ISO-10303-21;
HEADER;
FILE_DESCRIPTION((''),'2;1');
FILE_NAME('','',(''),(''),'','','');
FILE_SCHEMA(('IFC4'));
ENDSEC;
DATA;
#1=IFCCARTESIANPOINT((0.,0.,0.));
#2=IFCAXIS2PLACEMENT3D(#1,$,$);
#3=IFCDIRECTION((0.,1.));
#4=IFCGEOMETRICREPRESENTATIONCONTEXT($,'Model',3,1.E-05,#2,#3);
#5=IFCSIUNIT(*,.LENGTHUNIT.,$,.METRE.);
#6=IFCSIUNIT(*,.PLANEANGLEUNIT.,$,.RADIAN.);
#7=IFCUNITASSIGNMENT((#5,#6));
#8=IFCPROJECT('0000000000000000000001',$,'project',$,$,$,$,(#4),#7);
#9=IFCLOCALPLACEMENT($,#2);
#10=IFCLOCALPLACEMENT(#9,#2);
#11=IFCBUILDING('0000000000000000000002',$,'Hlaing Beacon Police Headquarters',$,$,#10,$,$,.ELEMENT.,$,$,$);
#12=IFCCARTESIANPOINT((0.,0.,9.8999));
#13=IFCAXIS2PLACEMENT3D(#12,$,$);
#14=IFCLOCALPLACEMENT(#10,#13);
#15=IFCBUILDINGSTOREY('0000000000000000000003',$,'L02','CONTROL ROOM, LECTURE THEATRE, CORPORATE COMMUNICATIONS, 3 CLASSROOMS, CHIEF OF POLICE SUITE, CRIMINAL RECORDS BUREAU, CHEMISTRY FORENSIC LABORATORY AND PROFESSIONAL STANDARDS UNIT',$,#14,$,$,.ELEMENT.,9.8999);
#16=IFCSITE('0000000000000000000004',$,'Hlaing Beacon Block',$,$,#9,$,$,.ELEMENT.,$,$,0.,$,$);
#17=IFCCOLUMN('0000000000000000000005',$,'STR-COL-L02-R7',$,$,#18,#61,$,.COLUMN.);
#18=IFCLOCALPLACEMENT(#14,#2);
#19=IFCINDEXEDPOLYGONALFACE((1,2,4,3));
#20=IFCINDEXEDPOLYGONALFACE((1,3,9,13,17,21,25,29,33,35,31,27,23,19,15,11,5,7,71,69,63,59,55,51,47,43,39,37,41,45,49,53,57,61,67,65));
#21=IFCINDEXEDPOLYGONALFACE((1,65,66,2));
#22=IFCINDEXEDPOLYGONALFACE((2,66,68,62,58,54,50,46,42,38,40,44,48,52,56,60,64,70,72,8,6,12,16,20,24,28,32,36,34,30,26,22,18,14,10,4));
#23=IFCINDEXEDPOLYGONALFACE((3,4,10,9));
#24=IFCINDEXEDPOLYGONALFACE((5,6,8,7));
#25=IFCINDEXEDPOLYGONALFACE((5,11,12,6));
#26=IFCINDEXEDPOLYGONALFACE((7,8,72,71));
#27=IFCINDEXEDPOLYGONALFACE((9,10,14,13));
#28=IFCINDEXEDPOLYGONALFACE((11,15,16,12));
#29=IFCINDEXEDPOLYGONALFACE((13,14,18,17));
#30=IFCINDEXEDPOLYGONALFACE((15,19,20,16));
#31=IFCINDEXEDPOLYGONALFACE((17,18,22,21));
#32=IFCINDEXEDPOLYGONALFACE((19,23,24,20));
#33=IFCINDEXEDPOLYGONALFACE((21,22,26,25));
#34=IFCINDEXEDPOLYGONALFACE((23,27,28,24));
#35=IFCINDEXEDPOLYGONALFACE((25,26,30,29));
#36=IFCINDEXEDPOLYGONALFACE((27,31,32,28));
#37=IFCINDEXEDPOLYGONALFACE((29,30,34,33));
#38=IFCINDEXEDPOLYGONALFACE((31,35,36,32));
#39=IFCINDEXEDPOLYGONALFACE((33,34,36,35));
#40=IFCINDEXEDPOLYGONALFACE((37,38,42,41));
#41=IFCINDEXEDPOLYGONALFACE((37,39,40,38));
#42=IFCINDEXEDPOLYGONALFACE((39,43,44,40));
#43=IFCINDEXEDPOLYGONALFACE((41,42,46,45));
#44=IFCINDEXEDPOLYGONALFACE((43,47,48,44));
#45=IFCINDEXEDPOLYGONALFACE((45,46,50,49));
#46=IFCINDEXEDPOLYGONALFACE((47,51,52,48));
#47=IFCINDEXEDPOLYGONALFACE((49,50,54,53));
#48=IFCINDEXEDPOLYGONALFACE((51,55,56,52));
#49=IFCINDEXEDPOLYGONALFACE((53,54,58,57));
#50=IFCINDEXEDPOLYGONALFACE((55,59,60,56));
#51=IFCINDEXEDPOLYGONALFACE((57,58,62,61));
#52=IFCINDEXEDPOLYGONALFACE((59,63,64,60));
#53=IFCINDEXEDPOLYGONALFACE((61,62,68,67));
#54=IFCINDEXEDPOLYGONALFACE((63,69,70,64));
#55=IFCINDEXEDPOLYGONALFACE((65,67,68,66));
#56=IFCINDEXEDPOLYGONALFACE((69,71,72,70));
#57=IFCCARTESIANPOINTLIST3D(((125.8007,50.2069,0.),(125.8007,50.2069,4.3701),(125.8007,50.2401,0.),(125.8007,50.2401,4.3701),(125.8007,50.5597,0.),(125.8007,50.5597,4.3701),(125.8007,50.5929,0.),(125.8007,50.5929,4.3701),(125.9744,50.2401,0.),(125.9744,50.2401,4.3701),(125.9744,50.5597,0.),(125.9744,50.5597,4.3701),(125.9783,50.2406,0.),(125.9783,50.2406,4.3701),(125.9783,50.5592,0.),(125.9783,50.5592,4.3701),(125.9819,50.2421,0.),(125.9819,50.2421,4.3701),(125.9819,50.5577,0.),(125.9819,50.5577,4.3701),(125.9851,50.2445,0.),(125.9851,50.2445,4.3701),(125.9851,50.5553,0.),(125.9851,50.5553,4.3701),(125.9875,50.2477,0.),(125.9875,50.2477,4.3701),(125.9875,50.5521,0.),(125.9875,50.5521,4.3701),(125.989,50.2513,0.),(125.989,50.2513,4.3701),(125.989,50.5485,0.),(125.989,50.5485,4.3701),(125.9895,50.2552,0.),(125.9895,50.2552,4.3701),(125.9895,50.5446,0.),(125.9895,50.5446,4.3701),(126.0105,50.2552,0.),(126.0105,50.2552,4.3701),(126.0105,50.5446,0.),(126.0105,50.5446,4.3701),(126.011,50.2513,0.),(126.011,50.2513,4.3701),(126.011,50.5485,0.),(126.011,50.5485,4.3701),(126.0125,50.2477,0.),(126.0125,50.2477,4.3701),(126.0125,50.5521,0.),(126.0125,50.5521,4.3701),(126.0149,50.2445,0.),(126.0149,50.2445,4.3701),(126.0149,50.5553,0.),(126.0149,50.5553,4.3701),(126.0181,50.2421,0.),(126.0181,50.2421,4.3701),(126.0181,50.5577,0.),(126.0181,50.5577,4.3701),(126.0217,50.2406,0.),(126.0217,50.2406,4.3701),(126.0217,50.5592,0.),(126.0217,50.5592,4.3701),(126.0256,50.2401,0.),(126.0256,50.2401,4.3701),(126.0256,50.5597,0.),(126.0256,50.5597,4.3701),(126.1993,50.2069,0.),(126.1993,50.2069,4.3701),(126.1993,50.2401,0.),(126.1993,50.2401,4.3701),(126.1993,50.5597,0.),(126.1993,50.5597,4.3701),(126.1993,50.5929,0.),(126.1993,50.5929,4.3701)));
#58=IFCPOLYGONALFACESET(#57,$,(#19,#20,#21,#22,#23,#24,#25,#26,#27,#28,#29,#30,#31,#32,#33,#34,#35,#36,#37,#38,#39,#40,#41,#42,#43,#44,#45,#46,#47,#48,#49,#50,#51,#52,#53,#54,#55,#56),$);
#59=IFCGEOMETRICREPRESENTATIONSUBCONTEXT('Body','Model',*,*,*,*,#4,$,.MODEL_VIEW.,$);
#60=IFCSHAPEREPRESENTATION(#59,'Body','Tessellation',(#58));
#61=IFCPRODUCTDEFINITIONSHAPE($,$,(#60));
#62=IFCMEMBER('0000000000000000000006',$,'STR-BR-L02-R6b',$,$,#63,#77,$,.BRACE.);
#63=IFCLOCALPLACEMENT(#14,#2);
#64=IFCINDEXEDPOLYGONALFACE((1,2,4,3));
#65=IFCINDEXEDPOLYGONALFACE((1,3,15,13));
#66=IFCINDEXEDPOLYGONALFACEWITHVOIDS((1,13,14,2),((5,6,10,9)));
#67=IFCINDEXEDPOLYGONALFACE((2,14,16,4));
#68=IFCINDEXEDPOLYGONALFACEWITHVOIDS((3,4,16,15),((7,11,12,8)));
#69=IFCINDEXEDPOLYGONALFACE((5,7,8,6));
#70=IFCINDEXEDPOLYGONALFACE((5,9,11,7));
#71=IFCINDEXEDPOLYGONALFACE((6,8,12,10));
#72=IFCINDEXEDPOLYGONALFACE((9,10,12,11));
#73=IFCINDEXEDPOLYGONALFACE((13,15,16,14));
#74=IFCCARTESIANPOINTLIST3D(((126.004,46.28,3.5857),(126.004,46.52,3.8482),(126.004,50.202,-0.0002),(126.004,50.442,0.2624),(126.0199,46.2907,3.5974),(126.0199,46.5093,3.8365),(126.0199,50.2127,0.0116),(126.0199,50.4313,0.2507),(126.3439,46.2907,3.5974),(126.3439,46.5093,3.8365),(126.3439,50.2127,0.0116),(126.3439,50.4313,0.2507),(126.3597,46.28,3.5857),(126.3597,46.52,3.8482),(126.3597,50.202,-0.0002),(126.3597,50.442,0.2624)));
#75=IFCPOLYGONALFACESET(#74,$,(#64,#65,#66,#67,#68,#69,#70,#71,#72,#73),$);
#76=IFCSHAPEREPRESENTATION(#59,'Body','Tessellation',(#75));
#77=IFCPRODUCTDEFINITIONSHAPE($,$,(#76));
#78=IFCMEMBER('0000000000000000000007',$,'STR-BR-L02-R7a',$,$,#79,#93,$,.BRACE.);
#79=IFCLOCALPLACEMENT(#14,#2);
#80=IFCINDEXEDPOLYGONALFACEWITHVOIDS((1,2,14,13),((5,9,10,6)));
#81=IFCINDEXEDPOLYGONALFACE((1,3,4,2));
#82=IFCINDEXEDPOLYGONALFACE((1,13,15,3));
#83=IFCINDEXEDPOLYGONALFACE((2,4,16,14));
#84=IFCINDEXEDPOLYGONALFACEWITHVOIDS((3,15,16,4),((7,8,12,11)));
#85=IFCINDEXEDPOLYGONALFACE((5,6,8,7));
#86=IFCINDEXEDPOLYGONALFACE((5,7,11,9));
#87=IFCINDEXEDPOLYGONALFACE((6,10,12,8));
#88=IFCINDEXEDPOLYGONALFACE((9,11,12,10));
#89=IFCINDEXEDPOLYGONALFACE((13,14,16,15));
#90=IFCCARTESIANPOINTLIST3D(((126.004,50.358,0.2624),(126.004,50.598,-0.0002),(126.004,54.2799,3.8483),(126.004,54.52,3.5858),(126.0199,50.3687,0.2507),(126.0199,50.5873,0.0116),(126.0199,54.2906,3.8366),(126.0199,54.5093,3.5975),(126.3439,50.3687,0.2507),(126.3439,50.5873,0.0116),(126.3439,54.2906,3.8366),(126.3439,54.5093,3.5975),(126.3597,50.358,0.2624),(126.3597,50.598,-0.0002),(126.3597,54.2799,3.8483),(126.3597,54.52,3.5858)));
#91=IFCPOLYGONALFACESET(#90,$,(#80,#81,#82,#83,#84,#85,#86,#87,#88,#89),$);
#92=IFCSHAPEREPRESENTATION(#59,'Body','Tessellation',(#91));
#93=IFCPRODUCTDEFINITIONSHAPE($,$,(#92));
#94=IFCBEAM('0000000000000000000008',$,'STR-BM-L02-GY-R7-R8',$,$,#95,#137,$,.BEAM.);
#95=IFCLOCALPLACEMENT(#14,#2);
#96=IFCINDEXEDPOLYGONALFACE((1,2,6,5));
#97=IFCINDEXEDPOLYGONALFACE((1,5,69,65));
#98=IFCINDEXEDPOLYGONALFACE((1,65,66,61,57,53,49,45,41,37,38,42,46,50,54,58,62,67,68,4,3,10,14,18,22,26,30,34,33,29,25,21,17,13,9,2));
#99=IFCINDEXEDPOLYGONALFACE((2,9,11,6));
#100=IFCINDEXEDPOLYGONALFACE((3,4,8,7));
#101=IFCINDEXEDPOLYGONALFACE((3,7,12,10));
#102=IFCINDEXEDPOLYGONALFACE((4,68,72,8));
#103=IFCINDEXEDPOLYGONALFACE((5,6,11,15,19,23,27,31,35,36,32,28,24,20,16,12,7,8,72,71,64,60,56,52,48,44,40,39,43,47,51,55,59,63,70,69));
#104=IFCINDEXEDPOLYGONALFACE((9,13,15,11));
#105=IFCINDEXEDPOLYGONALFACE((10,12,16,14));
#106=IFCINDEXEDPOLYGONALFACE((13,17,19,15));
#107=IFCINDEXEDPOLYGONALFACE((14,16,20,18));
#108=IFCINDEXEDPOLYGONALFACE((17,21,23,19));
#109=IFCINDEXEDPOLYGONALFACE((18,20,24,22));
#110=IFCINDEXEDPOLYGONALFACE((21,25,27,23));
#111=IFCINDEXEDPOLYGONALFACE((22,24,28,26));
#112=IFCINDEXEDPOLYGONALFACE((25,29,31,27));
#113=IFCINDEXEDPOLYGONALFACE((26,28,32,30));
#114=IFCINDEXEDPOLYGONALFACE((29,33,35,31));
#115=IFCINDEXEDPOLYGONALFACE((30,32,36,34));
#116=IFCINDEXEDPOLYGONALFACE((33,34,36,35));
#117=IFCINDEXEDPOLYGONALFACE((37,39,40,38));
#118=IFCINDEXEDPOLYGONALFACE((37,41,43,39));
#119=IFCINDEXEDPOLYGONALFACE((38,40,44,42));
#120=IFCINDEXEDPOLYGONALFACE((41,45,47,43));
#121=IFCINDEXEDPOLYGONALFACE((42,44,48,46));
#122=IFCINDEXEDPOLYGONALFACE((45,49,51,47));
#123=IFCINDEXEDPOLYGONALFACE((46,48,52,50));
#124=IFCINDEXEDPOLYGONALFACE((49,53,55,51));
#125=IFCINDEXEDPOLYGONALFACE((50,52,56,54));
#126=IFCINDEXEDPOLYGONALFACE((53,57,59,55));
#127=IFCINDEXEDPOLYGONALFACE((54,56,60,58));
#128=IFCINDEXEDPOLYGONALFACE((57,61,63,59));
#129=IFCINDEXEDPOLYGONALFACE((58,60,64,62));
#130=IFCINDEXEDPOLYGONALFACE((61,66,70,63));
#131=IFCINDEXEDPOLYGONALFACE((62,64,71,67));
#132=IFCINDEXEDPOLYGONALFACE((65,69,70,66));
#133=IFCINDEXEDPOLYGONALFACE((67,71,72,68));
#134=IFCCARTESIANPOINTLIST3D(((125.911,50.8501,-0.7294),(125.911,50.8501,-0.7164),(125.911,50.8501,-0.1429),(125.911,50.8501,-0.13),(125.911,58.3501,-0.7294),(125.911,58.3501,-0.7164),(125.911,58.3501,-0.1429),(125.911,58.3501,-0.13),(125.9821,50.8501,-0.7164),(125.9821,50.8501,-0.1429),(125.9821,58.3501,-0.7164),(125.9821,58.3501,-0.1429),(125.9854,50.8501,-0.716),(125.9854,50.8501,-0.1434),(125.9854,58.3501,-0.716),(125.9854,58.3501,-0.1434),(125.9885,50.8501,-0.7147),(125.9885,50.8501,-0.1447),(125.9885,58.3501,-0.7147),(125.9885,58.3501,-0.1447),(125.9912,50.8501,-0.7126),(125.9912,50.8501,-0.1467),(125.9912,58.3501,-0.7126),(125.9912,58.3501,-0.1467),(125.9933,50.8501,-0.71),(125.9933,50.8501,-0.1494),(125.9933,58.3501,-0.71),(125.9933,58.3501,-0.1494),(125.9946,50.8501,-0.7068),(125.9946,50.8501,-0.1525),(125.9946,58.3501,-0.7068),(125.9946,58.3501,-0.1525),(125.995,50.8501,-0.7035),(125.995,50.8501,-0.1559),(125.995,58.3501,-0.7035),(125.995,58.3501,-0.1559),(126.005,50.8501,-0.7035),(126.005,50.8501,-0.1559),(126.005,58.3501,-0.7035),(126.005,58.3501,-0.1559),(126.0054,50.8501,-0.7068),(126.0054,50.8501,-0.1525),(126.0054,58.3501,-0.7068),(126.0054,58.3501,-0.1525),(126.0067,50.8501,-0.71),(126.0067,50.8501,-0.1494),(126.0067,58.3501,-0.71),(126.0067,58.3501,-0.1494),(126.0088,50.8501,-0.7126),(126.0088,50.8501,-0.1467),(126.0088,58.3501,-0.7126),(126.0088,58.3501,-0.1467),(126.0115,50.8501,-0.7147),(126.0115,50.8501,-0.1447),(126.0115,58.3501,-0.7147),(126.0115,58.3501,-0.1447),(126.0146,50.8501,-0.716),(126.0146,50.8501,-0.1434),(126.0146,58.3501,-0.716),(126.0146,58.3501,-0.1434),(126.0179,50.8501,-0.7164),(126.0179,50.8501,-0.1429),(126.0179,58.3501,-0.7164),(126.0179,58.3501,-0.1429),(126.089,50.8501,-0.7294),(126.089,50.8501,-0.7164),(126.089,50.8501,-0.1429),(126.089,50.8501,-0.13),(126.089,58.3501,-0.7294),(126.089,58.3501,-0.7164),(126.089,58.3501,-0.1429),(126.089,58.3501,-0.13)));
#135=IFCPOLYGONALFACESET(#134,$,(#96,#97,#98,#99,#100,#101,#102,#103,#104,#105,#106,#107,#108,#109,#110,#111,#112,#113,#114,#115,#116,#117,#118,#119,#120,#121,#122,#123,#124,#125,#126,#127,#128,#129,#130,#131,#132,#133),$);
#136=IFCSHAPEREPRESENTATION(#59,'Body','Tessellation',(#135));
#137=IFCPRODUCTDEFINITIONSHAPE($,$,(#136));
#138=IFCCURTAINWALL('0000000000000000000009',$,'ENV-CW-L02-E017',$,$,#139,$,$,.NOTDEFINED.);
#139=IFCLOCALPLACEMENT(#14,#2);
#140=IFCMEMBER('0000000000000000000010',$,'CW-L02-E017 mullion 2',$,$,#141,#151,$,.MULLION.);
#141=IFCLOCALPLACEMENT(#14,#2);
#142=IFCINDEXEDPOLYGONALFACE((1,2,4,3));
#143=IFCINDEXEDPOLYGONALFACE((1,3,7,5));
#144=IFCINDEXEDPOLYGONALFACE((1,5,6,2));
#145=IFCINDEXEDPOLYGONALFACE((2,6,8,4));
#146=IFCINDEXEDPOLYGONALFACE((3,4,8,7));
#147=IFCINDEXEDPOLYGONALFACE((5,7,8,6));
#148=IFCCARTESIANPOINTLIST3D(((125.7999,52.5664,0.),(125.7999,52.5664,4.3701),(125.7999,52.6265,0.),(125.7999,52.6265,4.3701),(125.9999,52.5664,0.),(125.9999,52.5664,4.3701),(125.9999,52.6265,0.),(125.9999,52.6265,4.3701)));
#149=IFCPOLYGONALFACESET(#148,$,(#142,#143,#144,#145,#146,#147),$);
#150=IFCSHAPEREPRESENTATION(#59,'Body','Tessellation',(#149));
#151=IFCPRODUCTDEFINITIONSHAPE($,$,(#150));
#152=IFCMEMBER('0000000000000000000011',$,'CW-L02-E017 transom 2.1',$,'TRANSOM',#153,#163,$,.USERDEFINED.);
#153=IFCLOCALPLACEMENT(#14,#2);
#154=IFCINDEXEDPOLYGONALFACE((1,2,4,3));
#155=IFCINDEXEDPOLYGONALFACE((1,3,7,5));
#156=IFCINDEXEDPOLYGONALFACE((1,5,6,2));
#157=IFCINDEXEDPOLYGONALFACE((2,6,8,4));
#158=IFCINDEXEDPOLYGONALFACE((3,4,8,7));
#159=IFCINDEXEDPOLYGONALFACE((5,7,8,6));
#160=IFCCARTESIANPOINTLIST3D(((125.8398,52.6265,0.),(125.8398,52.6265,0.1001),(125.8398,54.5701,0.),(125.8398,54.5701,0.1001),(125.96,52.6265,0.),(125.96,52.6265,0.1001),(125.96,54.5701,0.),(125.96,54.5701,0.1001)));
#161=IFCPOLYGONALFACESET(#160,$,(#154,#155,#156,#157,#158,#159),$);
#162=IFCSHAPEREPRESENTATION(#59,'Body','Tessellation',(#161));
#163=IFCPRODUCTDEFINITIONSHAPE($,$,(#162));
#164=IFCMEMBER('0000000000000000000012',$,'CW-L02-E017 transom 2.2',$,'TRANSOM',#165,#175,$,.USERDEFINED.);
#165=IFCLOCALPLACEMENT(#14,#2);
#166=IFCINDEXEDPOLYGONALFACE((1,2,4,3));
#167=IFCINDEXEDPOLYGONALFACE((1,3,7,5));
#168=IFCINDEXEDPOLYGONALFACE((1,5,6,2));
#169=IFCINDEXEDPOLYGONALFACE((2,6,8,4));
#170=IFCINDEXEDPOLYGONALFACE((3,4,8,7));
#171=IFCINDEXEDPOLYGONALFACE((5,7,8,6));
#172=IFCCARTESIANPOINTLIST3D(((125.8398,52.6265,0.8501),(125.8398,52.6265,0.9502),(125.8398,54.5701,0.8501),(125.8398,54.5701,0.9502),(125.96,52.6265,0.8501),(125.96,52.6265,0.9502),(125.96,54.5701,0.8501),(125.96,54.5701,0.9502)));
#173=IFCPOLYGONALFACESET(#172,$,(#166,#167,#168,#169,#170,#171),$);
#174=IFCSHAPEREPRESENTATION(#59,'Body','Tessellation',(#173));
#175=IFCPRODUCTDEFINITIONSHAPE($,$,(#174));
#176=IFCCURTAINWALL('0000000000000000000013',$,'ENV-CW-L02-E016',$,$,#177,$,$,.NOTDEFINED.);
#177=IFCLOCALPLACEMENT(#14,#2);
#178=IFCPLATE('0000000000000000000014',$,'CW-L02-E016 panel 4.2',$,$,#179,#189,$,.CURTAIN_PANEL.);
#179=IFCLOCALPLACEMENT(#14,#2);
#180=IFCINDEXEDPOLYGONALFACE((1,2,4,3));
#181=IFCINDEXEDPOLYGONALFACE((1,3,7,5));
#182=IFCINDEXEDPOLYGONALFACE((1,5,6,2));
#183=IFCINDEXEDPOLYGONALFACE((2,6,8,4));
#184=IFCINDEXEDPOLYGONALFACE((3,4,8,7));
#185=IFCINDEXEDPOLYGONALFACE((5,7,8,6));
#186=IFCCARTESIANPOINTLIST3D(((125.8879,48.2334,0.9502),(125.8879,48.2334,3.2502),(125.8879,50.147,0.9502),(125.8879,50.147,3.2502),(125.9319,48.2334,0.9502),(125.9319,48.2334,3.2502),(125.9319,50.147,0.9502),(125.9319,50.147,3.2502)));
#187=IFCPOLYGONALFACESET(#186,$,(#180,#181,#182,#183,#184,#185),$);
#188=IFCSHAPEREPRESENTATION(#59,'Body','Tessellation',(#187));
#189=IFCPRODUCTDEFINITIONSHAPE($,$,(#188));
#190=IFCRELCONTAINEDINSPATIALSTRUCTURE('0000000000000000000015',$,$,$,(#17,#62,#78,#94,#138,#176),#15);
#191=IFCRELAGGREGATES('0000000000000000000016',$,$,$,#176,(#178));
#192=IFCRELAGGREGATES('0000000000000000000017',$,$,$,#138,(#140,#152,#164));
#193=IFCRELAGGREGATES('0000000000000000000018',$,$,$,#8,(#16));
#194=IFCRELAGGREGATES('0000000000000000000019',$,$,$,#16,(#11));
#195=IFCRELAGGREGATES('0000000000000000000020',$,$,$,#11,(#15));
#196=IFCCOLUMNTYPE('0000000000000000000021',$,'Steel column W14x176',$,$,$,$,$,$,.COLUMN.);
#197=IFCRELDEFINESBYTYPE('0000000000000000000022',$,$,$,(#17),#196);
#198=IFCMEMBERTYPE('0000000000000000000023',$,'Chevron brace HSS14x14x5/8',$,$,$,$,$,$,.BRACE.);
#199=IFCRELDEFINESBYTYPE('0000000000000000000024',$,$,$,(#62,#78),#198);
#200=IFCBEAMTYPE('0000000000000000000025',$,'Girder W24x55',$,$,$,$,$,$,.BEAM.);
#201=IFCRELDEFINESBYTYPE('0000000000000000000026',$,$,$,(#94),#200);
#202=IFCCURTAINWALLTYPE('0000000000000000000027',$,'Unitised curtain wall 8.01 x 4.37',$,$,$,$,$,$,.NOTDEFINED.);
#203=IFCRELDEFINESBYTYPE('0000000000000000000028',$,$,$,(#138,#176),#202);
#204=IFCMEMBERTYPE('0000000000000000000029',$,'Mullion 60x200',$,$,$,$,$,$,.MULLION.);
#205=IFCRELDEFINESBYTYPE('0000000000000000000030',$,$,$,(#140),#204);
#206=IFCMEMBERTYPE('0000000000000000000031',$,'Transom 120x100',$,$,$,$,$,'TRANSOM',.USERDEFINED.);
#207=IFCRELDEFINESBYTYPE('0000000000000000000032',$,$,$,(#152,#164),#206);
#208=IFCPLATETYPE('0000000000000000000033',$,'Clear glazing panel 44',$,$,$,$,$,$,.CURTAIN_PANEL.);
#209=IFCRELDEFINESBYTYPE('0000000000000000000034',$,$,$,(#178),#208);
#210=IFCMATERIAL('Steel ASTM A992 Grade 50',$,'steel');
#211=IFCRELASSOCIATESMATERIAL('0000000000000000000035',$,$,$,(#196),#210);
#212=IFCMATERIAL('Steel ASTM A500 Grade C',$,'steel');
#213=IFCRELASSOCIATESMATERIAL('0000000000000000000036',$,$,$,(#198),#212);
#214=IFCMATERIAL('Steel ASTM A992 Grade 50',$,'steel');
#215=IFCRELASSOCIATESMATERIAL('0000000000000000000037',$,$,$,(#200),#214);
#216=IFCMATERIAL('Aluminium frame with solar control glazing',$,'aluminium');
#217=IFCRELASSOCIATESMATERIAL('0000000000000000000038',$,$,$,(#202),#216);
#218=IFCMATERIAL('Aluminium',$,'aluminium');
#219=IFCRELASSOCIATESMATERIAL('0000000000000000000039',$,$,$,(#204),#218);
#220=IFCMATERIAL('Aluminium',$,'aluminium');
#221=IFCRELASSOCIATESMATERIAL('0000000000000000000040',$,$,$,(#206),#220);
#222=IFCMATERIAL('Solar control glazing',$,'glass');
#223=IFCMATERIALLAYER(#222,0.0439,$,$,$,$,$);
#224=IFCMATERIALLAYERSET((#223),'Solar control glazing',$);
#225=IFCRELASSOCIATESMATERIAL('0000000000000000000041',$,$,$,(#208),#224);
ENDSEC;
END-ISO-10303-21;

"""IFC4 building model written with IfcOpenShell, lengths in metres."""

from ifc_helpers import new_model, si_unit, direction, frame, origin, origin_2d, place, context, subcontext, project, spatial, rectangle, hollow_rectangle, i_section, extrude, material, layer, layer_set, material_profile, profile_set, type_object, element, aggregate, save


model = new_model("IFC4")

# Units and contexts
model_context = context("Model", 3, precision=1e-05, world=origin(), true_north=direction((0.0, 1.0)))
body_context = subcontext(model_context, "Body", "Model", "MODEL_VIEW")
ifc_project = project(units=[si_unit("LENGTHUNIT", "METRE"), si_unit("PLANEANGLEUNIT", "RADIAN")], contexts=[model_context])

# Site, building, storey
site_placement = place(None, origin())
site = spatial("IfcSite", under=ifc_project, at=site_placement, Name="Hlaing Beacon Block", CompositionType="ELEMENT", RefElevation=0.0)
building_placement = place(site_placement, origin())
building = spatial("IfcBuilding", under=site, at=building_placement, Name="Hlaing Beacon Police Headquarters", CompositionType="ELEMENT")
storey_placement = place(building_placement, frame((0.0, 0.0, 9.8999)))
storey = spatial("IfcBuildingStorey", under=building, at=storey_placement, Name="L02", Description="CONTROL ROOM, LECTURE THEATRE, CORPORATE COMMUNICATIONS, 3 CLASSROOMS, CHIEF OF POLICE SUITE, CRIMINAL RECORDS BUREAU, CHEMISTRY FORENSIC LABORATORY AND PROFESSIONAL STANDARDS UNIT", CompositionType="ELEMENT", Elevation=9.8999)

# Column
ifc_material_1 = material(Name="Steel ASTM A992 Grade 50", Category="steel")
ifc_material_profile_1 = material_profile(ifc_material_1, i_section(OverallWidth=0.3987, OverallDepth=0.386, WebThickness=0.021, FlangeThickness=0.0332, FilletRadius=0.0151, at=origin_2d()), Name="W14x176")
ifc_profile_set_1 = profile_set([ifc_material_profile_1], Name="Steel ASTM A992 Grade 50")
column_type = type_object("IfcColumnType", Name="Steel column W14x176", PredefinedType="COLUMN", material=ifc_profile_set_1)
column_placement = place(storey_placement, frame((126.0, 50.3999, 0.0), z_axis=(0.0, 0.0, 1.0), x_axis=(1.0, 0.0, 0.0)))
element("IfcColumn", 1, at=column_placement, inside=storey, type_object=column_type, Name="STR-COL-L02-R7", PredefinedType="COLUMN", context=body_context, shape_type="SweptSolid", body=[
    extrude(i_section(OverallWidth=0.3987, OverallDepth=0.386, WebThickness=0.021, FlangeThickness=0.0332, FilletRadius=0.0151, at=origin_2d()), origin(), (0.0, 0.0, 1.0), 4.3701),
])

# Members
ifc_material_2 = material(Name="Steel ASTM A500 Grade C", Category="steel")
ifc_material_profile_2 = material_profile(ifc_material_2, hollow_rectangle(XDim=0.3557, YDim=0.3557, WallThickness=0.0159, at=origin_2d()), Name="HSS14x14x5/8")
ifc_profile_set_2 = profile_set([ifc_material_profile_2], Name="Steel ASTM A500 Grade C")
member_type_1 = type_object("IfcMemberType", Name="Chevron brace HSS14x14x5/8", PredefinedType="BRACE", material=ifc_profile_set_2)
for number, where, z_axis, x_axis, name in (
    (2, (126.1819, 50.322, 0.1311), (0.0, -0.738029, 0.674769), (1.0, 0.0, 0.0), "STR-BR-L02-R6b"),
    (3, (126.1819, 50.478, 0.1311), (0.0, 0.738008, 0.674792), (-1.0, 0.0, 0.0), "STR-BR-L02-R7a"),
):
    element("IfcMember", number, at=place(storey_placement, frame(where, z_axis=z_axis, x_axis=x_axis)), inside=storey, type_object=member_type_1, Name=name, PredefinedType="BRACE", context=body_context, shape_type="SweptSolid", body=[
        extrude(hollow_rectangle(XDim=0.3557, YDim=0.3557, WallThickness=0.0159, at=origin_2d()), origin(), (0.0, 0.0, 1.0), 5.3142),
    ])

# Beam
ifc_material_3 = material(Name="Steel ASTM A992 Grade 50", Category="steel")
ifc_material_profile_3 = material_profile(ifc_material_3, i_section(OverallWidth=0.178, OverallDepth=0.5994, WebThickness=0.01, FlangeThickness=0.0129, FilletRadius=0.0129, at=origin_2d()), Name="W24x55")
ifc_profile_set_3 = profile_set([ifc_material_profile_3], Name="Steel ASTM A992 Grade 50")
beam_type = type_object("IfcBeamType", Name="Girder W24x55", PredefinedType="BEAM", material=ifc_profile_set_3)
beam_placement = place(storey_placement, frame((126.0, 50.8501, -0.4297), z_axis=(0.0, 1.0, 0.0), x_axis=(-1.0, 0.0, 0.0)))
element("IfcBeam", 4, at=beam_placement, inside=storey, type_object=beam_type, Name="STR-BM-L02-GY-R7-R8", PredefinedType="BEAM", context=body_context, shape_type="SweptSolid", body=[
    extrude(i_section(OverallWidth=0.178, OverallDepth=0.5994, WebThickness=0.01, FlangeThickness=0.0129, FilletRadius=0.0129, at=origin_2d()), origin(), (0.0, 0.0, 1.0), 7.5),
])

# Curtain wall, members
ifc_material_4 = material(Name="Aluminium frame with solar control glazing", Category="aluminium")
curtain_wall_type = type_object("IfcCurtainWallType", Name="Unitised curtain wall 8.01 x 4.37", PredefinedType="NOTDEFINED", material=ifc_material_4)
curtain_wall_1_placement = place(storey_placement, origin())
curtain_wall_1 = element("IfcCurtainWall", 5, at=curtain_wall_1_placement, inside=storey, type_object=curtain_wall_type, Name="ENV-CW-L02-E017", PredefinedType="NOTDEFINED")
ifc_material_5 = material(Name="Aluminium", Category="aluminium")
ifc_material_profile_4 = material_profile(ifc_material_5, rectangle(XDim=0.2, YDim=0.0601, at=origin_2d()), Name="Mullion 60x200")
ifc_profile_set_4 = profile_set([ifc_material_profile_4], Name="Aluminium")
member_type_2 = type_object("IfcMemberType", Name="Mullion 60x200", PredefinedType="MULLION", material=ifc_profile_set_4)
member_1_placement = place(storey_placement, frame((125.8999, 52.5964, 0.0), z_axis=(0.0, 0.0, 1.0), x_axis=(-1.0, 0.0, 0.0)))
member_1 = element("IfcMember", 6, at=member_1_placement, type_object=member_type_2, Name="CW-L02-E017 mullion 2", PredefinedType="MULLION", context=body_context, shape_type="SweptSolid", body=[
    extrude(rectangle(XDim=0.2, YDim=0.0601, at=origin_2d()), origin(), (0.0, 0.0, 1.0), 4.3701),
])
ifc_material_6 = material(Name="Aluminium", Category="aluminium")
ifc_material_profile_5 = material_profile(ifc_material_6, rectangle(XDim=0.1201, YDim=0.1001, at=origin_2d()), Name="Transom 120x100")
ifc_profile_set_5 = profile_set([ifc_material_profile_5], Name="Aluminium")
member_type_3 = type_object("IfcMemberType", Name="Transom 120x100", ElementType="TRANSOM", PredefinedType="USERDEFINED", material=ifc_profile_set_5)
member_2_placement = place(storey_placement, frame((125.8999, 52.6265, 0.05), z_axis=(0.0, 1.0, 0.0), x_axis=(-1.0, 0.0, 0.0)))
member_2 = element("IfcMember", 7, at=member_2_placement, type_object=member_type_3, Name="CW-L02-E017 transom 2.1", ObjectType="TRANSOM", PredefinedType="USERDEFINED", context=body_context, shape_type="SweptSolid", body=[
    extrude(rectangle(XDim=0.1201, YDim=0.1001, at=origin_2d()), origin(), (0.0, 0.0, 1.0), 1.9436),
])
member_3_placement = place(storey_placement, frame((125.8999, 52.6265, 0.9001), z_axis=(0.0, 1.0, 0.0), x_axis=(-1.0, 0.0, 0.0)))
member_3 = element("IfcMember", 8, at=member_3_placement, type_object=member_type_3, Name="CW-L02-E017 transom 2.2", ObjectType="TRANSOM", PredefinedType="USERDEFINED", context=body_context, shape_type="SweptSolid", body=[
    extrude(rectangle(XDim=0.1201, YDim=0.1001, at=origin_2d()), origin(), (0.0, 0.0, 1.0), 1.9436),
])

# Curtain wall, plate
curtain_wall_2_placement = place(storey_placement, origin())
curtain_wall_2 = element("IfcCurtainWall", 9, at=curtain_wall_2_placement, inside=storey, type_object=curtain_wall_type, Name="ENV-CW-L02-E016", PredefinedType="NOTDEFINED")
ifc_material_7 = material(Name="Solar control glazing", Category="glass")
ifc_layer_1 = layer(ifc_material_7, 0.0439)
ifc_layer_set_1 = layer_set([ifc_layer_1], Name="Solar control glazing")
plate_type_1 = type_object("IfcPlateType", Name="Clear glazing panel 44", PredefinedType="CURTAIN_PANEL", material=ifc_layer_set_1)
plate_1_placement = place(storey_placement, frame((125.9099, 49.1902, 0.9502), z_axis=(0.0, 0.0, 1.0), x_axis=(0.0, 1.0, 0.0)))
plate_1 = element("IfcPlate", 10, at=plate_1_placement, type_object=plate_type_1, Name="CW-L02-E016 panel 4.2", PredefinedType="CURTAIN_PANEL", context=body_context, shape_type="SweptSolid", body=[
    extrude(rectangle(XDim=1.9136, YDim=0.0439, at=origin_2d()), origin(), (0.0, 0.0, 1.0), 2.3),
])

aggregate(curtain_wall_2, [plate_1])
aggregate(curtain_wall_1, [member_1, member_2, member_3])

save(model, "model.ifc")
